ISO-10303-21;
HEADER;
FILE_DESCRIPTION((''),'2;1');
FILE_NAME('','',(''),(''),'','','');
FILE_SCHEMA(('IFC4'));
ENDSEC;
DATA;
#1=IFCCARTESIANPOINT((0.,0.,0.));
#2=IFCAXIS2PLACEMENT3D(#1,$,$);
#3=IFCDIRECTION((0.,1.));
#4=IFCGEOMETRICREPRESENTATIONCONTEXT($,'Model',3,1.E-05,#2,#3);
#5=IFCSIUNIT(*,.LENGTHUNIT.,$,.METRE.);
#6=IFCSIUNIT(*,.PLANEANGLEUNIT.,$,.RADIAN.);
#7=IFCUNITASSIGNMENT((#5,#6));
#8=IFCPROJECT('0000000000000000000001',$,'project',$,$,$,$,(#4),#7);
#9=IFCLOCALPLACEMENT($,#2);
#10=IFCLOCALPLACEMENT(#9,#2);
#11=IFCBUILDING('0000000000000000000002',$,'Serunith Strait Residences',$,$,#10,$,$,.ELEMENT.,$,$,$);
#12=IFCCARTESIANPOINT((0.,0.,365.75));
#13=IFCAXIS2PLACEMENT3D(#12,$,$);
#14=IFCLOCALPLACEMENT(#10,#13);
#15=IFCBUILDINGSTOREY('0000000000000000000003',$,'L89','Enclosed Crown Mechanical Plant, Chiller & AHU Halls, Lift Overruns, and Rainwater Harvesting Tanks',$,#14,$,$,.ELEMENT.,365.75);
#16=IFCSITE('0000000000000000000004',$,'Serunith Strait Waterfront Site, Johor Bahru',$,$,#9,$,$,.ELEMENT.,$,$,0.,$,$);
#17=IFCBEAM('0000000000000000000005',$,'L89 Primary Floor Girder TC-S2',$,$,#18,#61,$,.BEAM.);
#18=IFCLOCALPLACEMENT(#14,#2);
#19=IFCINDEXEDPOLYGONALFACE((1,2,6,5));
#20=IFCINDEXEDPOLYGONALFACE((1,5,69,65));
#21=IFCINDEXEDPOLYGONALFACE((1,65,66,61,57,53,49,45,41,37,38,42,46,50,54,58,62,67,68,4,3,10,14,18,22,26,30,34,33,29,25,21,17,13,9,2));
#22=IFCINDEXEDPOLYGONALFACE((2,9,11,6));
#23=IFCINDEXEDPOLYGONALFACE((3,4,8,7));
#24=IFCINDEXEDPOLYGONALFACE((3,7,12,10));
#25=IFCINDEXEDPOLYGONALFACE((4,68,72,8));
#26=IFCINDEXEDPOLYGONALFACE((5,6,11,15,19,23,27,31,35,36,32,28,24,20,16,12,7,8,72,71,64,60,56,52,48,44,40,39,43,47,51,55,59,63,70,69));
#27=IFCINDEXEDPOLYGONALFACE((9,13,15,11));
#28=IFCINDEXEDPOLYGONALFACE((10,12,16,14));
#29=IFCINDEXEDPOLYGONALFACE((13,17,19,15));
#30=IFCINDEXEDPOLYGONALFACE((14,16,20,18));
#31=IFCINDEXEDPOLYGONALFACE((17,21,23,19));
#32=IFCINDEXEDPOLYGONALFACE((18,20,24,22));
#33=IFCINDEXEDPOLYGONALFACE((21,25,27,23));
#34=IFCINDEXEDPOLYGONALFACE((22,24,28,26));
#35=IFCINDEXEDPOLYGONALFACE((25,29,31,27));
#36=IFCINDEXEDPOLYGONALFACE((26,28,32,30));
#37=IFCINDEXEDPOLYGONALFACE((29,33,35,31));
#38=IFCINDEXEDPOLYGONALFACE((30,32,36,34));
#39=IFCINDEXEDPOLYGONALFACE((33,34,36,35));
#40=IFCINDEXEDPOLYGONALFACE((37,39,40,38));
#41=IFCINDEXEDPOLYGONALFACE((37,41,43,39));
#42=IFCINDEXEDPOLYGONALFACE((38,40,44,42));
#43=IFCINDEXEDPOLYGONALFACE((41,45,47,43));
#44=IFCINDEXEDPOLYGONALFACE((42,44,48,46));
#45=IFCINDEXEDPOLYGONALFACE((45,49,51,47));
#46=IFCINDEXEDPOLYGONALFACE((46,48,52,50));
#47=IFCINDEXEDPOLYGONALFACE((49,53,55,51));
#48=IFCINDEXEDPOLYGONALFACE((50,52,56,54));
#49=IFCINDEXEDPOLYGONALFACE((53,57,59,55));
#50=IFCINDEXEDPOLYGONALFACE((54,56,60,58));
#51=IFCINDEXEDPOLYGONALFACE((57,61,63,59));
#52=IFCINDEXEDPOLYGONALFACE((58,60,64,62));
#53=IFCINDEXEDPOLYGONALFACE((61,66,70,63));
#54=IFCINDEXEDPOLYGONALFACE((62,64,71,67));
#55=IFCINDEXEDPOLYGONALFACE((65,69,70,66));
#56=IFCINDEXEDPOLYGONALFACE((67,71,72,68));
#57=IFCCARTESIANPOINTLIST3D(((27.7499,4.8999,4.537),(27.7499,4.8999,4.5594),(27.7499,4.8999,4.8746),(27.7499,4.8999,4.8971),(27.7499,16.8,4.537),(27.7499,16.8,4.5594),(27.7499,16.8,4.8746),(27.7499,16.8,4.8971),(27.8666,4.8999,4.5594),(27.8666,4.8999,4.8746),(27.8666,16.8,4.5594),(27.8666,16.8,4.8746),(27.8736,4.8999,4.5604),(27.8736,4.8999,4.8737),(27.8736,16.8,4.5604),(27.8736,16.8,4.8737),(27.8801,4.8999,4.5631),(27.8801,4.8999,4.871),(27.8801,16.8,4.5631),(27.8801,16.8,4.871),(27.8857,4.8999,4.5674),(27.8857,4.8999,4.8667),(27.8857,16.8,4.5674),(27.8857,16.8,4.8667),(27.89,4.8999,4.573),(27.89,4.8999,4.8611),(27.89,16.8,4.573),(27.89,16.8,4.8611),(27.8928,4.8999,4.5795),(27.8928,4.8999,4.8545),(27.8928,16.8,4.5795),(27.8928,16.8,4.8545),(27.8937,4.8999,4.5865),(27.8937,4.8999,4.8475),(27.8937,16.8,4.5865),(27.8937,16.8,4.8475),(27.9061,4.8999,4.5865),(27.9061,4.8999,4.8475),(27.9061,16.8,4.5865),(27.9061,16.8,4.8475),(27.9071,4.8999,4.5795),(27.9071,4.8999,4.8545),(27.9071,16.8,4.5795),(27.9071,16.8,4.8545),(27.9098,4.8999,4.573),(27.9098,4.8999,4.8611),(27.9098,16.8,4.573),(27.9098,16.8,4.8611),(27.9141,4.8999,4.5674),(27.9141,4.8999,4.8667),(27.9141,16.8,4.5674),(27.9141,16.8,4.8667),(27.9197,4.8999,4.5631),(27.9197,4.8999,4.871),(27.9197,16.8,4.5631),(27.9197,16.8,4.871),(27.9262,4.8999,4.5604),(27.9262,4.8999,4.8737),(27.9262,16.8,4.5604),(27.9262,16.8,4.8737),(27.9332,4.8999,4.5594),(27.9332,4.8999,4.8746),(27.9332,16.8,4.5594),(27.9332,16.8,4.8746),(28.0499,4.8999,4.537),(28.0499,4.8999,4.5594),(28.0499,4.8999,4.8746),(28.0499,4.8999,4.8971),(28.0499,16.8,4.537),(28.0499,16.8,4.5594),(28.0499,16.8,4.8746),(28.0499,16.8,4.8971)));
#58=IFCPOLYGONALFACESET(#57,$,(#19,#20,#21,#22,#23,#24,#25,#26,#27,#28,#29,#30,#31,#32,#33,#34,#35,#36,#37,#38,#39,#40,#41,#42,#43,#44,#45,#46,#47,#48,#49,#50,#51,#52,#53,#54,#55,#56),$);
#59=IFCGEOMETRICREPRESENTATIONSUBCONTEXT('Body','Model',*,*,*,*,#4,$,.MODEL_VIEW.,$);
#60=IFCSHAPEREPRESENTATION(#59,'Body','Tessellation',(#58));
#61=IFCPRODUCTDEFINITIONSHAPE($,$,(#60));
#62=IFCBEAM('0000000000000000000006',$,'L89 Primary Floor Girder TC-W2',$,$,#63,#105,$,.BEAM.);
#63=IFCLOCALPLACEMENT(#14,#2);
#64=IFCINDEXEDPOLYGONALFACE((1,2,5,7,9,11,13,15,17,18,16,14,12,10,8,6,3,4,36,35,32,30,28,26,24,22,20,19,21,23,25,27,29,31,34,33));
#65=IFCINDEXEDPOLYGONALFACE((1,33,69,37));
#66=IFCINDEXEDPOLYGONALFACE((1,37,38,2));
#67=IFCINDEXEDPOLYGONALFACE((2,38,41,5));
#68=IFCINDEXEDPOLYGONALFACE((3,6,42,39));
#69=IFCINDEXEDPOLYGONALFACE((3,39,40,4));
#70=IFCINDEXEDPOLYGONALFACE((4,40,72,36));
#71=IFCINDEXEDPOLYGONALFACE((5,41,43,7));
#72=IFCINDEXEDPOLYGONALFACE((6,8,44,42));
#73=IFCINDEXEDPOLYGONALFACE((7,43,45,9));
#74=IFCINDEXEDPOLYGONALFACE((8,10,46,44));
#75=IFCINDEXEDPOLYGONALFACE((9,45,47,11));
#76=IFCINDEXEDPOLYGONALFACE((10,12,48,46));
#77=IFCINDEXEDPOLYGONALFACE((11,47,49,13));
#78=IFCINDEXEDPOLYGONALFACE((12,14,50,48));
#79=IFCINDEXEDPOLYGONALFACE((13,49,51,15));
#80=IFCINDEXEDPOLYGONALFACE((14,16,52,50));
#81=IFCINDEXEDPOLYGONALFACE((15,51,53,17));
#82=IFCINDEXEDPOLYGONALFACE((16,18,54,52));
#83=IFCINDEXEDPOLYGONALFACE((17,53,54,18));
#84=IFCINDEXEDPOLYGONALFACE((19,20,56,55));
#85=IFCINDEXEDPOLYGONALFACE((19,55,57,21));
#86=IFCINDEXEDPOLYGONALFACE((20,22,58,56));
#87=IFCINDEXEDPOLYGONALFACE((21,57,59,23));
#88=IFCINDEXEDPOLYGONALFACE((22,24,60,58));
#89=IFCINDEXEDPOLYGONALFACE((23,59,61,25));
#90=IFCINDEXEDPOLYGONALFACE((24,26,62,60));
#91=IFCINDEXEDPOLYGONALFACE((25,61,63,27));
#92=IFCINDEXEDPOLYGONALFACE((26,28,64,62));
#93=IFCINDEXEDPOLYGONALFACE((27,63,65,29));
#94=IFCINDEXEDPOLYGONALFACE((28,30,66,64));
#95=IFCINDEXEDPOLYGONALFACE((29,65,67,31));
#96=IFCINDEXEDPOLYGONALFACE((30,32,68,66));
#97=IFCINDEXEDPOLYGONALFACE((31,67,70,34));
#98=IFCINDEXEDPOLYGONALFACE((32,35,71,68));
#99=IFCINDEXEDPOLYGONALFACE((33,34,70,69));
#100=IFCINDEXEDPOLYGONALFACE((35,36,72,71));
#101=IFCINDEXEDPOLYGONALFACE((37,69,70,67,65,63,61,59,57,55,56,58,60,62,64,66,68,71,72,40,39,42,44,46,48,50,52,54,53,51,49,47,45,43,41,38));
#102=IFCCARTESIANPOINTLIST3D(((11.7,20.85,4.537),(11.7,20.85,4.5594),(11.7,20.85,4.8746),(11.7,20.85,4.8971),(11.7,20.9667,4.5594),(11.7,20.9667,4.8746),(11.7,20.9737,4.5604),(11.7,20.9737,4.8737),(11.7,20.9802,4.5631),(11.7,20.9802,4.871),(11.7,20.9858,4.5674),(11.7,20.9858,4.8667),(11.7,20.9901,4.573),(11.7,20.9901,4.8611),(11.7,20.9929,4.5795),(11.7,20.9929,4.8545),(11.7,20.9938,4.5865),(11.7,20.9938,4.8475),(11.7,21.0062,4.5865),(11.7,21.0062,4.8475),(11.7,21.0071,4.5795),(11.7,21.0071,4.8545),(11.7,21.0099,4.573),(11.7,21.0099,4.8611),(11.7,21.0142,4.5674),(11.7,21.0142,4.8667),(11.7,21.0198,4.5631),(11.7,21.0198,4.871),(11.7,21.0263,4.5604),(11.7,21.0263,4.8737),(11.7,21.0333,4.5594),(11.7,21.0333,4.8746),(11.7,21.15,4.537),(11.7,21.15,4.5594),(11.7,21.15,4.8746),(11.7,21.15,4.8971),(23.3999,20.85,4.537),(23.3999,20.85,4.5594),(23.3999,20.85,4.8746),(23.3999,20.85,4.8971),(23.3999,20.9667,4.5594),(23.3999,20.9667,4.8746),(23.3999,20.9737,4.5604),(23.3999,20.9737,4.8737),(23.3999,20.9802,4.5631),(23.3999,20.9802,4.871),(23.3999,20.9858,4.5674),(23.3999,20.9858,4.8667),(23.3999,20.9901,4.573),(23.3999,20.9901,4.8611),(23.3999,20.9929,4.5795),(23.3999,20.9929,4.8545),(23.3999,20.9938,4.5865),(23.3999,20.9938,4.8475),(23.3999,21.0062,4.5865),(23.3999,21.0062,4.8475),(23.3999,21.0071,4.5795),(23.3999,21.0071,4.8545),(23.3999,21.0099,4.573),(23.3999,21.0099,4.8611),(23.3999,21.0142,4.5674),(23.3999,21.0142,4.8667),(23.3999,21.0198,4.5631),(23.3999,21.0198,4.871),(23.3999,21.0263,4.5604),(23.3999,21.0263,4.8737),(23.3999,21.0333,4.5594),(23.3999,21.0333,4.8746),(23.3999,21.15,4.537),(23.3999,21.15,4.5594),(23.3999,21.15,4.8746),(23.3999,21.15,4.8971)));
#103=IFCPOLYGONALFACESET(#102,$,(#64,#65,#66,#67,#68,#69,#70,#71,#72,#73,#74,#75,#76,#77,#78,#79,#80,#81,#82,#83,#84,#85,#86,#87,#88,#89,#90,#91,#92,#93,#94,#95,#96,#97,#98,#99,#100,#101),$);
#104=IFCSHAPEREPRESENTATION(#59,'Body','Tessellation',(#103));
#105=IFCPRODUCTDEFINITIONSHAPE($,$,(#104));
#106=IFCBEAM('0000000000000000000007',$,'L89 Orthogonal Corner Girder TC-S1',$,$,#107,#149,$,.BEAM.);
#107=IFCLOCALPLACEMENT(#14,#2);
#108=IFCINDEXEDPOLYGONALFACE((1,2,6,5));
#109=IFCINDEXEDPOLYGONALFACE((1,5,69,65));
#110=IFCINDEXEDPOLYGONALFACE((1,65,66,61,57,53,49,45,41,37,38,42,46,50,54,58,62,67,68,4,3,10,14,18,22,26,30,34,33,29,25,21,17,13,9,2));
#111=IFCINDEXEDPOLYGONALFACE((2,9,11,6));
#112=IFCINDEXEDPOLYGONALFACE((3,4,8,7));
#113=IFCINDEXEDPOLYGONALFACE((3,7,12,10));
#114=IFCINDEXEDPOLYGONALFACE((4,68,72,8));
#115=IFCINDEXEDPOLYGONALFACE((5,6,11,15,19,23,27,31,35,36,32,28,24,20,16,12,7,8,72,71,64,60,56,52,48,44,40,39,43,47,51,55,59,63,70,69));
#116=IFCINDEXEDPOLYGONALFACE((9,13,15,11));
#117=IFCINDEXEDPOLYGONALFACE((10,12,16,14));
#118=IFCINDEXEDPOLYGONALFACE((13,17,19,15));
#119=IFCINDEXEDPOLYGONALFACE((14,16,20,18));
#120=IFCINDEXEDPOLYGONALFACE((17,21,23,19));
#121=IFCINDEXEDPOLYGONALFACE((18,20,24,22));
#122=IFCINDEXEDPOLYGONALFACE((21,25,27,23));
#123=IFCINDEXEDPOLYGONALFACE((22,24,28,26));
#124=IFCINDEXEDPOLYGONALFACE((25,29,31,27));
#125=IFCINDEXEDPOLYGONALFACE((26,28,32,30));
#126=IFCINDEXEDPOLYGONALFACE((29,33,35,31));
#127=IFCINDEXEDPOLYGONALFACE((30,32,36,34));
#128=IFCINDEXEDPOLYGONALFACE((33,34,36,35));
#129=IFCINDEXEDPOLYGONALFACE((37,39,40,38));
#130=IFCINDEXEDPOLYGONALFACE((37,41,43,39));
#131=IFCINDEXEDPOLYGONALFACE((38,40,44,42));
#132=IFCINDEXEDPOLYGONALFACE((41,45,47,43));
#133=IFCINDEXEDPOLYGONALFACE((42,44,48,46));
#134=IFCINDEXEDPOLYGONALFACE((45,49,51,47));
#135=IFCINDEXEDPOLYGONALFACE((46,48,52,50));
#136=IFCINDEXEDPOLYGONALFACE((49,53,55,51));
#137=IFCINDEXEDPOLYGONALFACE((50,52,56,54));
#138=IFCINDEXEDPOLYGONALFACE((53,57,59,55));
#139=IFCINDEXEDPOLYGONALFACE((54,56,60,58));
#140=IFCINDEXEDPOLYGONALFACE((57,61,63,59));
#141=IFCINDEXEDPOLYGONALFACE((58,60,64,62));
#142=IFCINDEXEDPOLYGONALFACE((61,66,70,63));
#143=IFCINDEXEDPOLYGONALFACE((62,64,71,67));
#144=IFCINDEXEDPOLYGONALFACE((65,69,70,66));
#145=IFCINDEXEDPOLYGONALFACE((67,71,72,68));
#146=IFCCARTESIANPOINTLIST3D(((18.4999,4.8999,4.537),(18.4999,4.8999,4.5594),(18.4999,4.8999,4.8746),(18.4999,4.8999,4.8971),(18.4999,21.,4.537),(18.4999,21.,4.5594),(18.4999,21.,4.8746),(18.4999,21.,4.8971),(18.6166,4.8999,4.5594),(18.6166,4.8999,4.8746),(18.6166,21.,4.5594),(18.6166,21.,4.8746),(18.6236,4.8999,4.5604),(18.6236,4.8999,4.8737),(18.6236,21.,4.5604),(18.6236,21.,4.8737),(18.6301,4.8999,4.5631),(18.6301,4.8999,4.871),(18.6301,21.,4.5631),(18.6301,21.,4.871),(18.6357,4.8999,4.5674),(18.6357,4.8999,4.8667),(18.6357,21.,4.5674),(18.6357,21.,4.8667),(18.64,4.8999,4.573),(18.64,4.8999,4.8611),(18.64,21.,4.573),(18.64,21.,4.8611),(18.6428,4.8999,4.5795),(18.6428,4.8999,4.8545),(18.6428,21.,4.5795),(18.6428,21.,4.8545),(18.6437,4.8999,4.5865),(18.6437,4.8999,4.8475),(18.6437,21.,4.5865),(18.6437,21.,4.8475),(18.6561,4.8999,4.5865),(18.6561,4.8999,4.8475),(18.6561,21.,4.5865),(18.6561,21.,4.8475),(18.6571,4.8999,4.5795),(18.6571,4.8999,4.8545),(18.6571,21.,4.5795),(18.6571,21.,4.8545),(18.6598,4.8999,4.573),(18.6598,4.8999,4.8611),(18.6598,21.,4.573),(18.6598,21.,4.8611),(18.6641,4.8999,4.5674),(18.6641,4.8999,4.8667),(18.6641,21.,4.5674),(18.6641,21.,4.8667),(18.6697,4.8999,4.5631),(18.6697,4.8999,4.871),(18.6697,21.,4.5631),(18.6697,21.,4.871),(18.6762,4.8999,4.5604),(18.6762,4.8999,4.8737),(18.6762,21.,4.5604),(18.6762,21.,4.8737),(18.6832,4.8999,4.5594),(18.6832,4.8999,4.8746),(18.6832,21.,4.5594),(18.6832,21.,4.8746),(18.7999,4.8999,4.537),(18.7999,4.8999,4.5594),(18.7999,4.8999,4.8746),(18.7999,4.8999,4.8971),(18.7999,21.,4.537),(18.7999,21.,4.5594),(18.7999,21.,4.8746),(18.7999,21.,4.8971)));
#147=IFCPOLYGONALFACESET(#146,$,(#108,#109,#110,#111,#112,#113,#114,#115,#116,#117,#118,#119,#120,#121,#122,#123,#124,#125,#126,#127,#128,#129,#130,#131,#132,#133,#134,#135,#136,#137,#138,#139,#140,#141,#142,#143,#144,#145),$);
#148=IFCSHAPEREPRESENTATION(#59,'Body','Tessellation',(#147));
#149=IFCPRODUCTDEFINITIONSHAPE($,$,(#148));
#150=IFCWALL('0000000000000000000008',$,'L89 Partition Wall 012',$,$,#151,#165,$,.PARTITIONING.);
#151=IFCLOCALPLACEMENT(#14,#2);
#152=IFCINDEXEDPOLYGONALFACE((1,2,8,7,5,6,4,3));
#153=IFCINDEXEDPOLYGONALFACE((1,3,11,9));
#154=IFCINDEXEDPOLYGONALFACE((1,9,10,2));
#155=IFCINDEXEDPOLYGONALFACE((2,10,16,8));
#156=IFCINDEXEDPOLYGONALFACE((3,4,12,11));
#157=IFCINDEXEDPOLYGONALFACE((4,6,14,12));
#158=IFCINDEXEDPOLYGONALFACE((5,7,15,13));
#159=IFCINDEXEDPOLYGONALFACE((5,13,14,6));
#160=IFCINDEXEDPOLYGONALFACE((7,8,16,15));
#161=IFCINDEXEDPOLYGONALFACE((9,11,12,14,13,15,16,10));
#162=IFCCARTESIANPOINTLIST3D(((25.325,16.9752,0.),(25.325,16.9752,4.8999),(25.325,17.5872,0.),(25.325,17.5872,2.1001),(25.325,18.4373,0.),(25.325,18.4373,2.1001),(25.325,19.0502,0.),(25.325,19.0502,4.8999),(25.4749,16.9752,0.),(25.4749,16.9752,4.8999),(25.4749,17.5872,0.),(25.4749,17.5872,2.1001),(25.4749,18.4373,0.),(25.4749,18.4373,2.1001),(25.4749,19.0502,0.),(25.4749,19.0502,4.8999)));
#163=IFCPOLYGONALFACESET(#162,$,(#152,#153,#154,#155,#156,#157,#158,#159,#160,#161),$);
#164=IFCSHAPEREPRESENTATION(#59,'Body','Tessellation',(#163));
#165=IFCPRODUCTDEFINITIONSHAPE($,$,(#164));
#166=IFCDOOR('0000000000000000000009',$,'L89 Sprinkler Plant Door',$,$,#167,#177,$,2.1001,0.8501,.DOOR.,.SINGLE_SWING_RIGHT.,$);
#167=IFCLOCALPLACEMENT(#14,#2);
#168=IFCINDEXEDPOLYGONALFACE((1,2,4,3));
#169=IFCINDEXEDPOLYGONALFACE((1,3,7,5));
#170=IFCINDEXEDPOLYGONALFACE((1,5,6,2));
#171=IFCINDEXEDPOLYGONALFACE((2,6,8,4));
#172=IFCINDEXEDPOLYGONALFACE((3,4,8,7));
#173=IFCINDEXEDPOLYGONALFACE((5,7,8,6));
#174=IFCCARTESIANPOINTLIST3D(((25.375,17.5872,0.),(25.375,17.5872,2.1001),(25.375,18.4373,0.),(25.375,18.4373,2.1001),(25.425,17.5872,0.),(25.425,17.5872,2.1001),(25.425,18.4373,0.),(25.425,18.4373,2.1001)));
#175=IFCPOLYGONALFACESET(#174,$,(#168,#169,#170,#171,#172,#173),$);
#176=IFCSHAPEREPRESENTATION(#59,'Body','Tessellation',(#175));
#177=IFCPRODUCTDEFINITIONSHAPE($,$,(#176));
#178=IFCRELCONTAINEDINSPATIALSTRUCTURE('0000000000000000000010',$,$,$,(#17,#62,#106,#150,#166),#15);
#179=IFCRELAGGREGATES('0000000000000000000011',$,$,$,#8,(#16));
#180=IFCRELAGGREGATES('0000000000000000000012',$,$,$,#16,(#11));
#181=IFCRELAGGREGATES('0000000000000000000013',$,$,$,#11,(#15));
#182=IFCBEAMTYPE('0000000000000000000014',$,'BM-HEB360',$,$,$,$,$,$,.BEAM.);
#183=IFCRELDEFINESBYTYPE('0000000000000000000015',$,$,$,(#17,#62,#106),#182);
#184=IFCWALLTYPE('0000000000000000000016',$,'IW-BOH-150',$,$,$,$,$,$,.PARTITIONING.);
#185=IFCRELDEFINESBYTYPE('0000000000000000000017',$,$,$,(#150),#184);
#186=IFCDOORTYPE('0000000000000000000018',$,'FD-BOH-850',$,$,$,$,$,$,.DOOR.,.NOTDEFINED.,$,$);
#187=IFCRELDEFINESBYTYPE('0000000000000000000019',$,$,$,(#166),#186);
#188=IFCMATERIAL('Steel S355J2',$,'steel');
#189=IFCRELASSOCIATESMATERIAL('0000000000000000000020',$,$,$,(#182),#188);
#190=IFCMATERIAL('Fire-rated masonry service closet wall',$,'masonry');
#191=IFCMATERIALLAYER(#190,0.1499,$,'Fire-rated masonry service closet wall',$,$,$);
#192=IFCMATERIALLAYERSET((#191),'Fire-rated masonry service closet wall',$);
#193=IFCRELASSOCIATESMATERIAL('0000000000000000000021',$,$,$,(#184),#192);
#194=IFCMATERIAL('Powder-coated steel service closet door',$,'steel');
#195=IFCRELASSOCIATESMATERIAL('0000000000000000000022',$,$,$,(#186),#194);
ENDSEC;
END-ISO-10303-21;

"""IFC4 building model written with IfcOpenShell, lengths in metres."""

from ifc_helpers import new_model, si_unit, direction, frame, frame_2d, origin, origin_2d, place, context, subcontext, project, spatial, rectangle, i_section, extrude, source, transform, mapped, material, layer, layer_set, material_profile, profile_set, type_object, element, fill, save


model = new_model("IFC4")

# Units and contexts
model_context = context("Model", 3, precision=1e-05, world=origin(), true_north=direction((0.0, 1.0)))
body_context = subcontext(model_context, "Body", "Model", "MODEL_VIEW")
ifc_project = project(units=[si_unit("LENGTHUNIT", "METRE"), si_unit("PLANEANGLEUNIT", "RADIAN")], contexts=[model_context])

# Site, building, storey
site_placement = place(None, origin())
site = spatial("IfcSite", under=ifc_project, at=site_placement, Name="Serunith Strait Waterfront Site, Johor Bahru", CompositionType="ELEMENT", RefElevation=0.0)
building_placement = place(site_placement, origin())
building = spatial("IfcBuilding", under=site, at=building_placement, Name="Serunith Strait Residences", CompositionType="ELEMENT")
storey_placement = place(building_placement, frame((0.0, 0.0, 365.75)))
storey = spatial("IfcBuildingStorey", under=building, at=storey_placement, Name="L89", Description="Enclosed Crown Mechanical Plant, Chiller & AHU Halls, Lift Overruns, and Rainwater Harvesting Tanks", CompositionType="ELEMENT", Elevation=365.75)

# Beams
ifc_material_1 = material(Name="Steel S355J2", Category="steel")
ifc_material_profile = material_profile(ifc_material_1, i_section(OverallWidth=0.3, OverallDepth=0.3601, WebThickness=0.0125, FlangeThickness=0.0225, FilletRadius=0.0271, at=origin_2d()), Name="HEB 360")
ifc_profile_set = profile_set([ifc_material_profile], Name="Steel S355J2")
beam_type = type_object("IfcBeamType", Name="BM-HEB360", PredefinedType="BEAM", material=ifc_profile_set)
shared_shape_1 = source(origin(), body_context, "Body", "SweptSolid", [
    extrude(i_section(OverallWidth=0.3, OverallDepth=0.3601, WebThickness=0.0125, FlangeThickness=0.0225, FilletRadius=0.0271, at=origin_2d()), origin(), (0.0, 0.0, 1.0), 11.9001),
])
beam_1_placement = place(storey_placement, frame((27.8999, 16.8, 4.717), z_axis=(0.0, -1.0, 0.0), x_axis=(1.0, 0.0, 0.0)))
element("IfcBeam", 1, at=beam_1_placement, inside=storey, type_object=beam_type, Name="L89 Primary Floor Girder TC-S2", PredefinedType="BEAM", context=body_context, shape_type="MappedRepresentation", body=[
    mapped(shared_shape_1, transform((0.0, 0.0, 0.0), scale=1.0)),
])
shared_shape_2 = source(origin(), body_context, "Body", "SweptSolid", [
    extrude(i_section(OverallWidth=0.3, OverallDepth=0.3601, WebThickness=0.0125, FlangeThickness=0.0225, FilletRadius=0.0271, at=origin_2d()), origin(), (0.0, 0.0, 1.0), 11.7),
])
beam_2_placement = place(storey_placement, frame((23.3999, 21.0, 4.717), z_axis=(-1.0, 0.0, 0.0), x_axis=(0.0, -1.0, 0.0)))
element("IfcBeam", 2, at=beam_2_placement, inside=storey, type_object=beam_type, Name="L89 Primary Floor Girder TC-W2", PredefinedType="BEAM", context=body_context, shape_type="MappedRepresentation", body=[
    mapped(shared_shape_2, transform((0.0, 0.0, 0.0), scale=1.0)),
])
shared_shape_3 = source(origin(), body_context, "Body", "SweptSolid", [
    extrude(i_section(OverallWidth=0.3, OverallDepth=0.3601, WebThickness=0.0125, FlangeThickness=0.0225, FilletRadius=0.0271, at=origin_2d()), origin(), (0.0, 0.0, 1.0), 16.1001),
])
beam_3_placement = place(storey_placement, frame((18.6499, 21.0, 4.717), z_axis=(0.0, -1.0, 0.0), x_axis=(1.0, 0.0, 0.0)))
element("IfcBeam", 3, at=beam_3_placement, inside=storey, type_object=beam_type, Name="L89 Orthogonal Corner Girder TC-S1", PredefinedType="BEAM", context=body_context, shape_type="MappedRepresentation", body=[
    mapped(shared_shape_3, transform((0.0, 0.0, 0.0), scale=1.0)),
])

# Wall, opening, door
ifc_material_2 = material(Name="Fire-rated masonry service closet wall", Category="masonry")
ifc_layer_1 = layer(ifc_material_2, 0.1499, Name="Fire-rated masonry service closet wall")
ifc_layer_set_1 = layer_set([ifc_layer_1], Name="Fire-rated masonry service closet wall")
wall_type_1 = type_object("IfcWallType", Name="IW-BOH-150", PredefinedType="PARTITIONING", material=ifc_layer_set_1)
wall_1_placement = place(storey_placement, frame((25.3999, 16.9751, 0.0), z_axis=(0.0, 0.0, 1.0), x_axis=(0.0, 1.0, 0.0)))
wall_1 = element("IfcWall", 4, at=wall_1_placement, inside=storey, type_object=wall_type_1, Name="L89 Partition Wall 012", PredefinedType="PARTITIONING", context=body_context, shape_type="SweptSolid", body=[
    extrude(rectangle(XDim=2.075, YDim=0.1499, at=frame_2d((1.0376, 0.0))), origin(), (0.0, 0.0, 1.0), 4.8999),
])
opening_1_placement = place(wall_1_placement, frame((0.6121, 0.0, 0.0)))
opening_1 = element("IfcOpeningElement", 5, at=opening_1_placement, cuts=wall_1, PredefinedType="OPENING", context=body_context, shape_type="SweptSolid", body=[
    extrude(rectangle(XDim=0.8501, YDim=2.1001, at=frame_2d((0.425, 1.05))), frame((0.0, 0.085, 0.0), z_axis=(0.0, -1.0, 0.0), x_axis=(1.0, 0.0, 0.0)), (0.0, 0.0, 1.0), 0.1699),
])
ifc_material_3 = material(Name="Powder-coated steel service closet door", Category="steel")
door_type_1 = type_object("IfcDoorType", Name="FD-BOH-850", OperationType="NOTDEFINED", PredefinedType="DOOR", material=ifc_material_3)
shared_shape_4 = source(origin(), body_context, "Body", "SweptSolid", [
    extrude(rectangle(XDim=0.8501, YDim=2.1001, at=frame_2d((0.425, 1.05))), frame((0.0, 0.0249, 0.0), z_axis=(0.0, -1.0, 0.0), x_axis=(1.0, 0.0, 0.0)), (0.0, 0.0, 1.0), 0.05),
])
door_1_placement = place(opening_1_placement, origin())
door_1 = element("IfcDoor", 6, at=door_1_placement, inside=storey, type_object=door_type_1, Name="L89 Sprinkler Plant Door", OperationType="SINGLE_SWING_RIGHT", OverallHeight=2.1001, OverallWidth=0.8501, PredefinedType="DOOR", context=body_context, shape_type="MappedRepresentation", body=[
    mapped(shared_shape_4, transform((0.0, 0.0, 0.0), scale=1.0)),
])
fill(opening_1, door_1)

save(model, "model.ifc")
